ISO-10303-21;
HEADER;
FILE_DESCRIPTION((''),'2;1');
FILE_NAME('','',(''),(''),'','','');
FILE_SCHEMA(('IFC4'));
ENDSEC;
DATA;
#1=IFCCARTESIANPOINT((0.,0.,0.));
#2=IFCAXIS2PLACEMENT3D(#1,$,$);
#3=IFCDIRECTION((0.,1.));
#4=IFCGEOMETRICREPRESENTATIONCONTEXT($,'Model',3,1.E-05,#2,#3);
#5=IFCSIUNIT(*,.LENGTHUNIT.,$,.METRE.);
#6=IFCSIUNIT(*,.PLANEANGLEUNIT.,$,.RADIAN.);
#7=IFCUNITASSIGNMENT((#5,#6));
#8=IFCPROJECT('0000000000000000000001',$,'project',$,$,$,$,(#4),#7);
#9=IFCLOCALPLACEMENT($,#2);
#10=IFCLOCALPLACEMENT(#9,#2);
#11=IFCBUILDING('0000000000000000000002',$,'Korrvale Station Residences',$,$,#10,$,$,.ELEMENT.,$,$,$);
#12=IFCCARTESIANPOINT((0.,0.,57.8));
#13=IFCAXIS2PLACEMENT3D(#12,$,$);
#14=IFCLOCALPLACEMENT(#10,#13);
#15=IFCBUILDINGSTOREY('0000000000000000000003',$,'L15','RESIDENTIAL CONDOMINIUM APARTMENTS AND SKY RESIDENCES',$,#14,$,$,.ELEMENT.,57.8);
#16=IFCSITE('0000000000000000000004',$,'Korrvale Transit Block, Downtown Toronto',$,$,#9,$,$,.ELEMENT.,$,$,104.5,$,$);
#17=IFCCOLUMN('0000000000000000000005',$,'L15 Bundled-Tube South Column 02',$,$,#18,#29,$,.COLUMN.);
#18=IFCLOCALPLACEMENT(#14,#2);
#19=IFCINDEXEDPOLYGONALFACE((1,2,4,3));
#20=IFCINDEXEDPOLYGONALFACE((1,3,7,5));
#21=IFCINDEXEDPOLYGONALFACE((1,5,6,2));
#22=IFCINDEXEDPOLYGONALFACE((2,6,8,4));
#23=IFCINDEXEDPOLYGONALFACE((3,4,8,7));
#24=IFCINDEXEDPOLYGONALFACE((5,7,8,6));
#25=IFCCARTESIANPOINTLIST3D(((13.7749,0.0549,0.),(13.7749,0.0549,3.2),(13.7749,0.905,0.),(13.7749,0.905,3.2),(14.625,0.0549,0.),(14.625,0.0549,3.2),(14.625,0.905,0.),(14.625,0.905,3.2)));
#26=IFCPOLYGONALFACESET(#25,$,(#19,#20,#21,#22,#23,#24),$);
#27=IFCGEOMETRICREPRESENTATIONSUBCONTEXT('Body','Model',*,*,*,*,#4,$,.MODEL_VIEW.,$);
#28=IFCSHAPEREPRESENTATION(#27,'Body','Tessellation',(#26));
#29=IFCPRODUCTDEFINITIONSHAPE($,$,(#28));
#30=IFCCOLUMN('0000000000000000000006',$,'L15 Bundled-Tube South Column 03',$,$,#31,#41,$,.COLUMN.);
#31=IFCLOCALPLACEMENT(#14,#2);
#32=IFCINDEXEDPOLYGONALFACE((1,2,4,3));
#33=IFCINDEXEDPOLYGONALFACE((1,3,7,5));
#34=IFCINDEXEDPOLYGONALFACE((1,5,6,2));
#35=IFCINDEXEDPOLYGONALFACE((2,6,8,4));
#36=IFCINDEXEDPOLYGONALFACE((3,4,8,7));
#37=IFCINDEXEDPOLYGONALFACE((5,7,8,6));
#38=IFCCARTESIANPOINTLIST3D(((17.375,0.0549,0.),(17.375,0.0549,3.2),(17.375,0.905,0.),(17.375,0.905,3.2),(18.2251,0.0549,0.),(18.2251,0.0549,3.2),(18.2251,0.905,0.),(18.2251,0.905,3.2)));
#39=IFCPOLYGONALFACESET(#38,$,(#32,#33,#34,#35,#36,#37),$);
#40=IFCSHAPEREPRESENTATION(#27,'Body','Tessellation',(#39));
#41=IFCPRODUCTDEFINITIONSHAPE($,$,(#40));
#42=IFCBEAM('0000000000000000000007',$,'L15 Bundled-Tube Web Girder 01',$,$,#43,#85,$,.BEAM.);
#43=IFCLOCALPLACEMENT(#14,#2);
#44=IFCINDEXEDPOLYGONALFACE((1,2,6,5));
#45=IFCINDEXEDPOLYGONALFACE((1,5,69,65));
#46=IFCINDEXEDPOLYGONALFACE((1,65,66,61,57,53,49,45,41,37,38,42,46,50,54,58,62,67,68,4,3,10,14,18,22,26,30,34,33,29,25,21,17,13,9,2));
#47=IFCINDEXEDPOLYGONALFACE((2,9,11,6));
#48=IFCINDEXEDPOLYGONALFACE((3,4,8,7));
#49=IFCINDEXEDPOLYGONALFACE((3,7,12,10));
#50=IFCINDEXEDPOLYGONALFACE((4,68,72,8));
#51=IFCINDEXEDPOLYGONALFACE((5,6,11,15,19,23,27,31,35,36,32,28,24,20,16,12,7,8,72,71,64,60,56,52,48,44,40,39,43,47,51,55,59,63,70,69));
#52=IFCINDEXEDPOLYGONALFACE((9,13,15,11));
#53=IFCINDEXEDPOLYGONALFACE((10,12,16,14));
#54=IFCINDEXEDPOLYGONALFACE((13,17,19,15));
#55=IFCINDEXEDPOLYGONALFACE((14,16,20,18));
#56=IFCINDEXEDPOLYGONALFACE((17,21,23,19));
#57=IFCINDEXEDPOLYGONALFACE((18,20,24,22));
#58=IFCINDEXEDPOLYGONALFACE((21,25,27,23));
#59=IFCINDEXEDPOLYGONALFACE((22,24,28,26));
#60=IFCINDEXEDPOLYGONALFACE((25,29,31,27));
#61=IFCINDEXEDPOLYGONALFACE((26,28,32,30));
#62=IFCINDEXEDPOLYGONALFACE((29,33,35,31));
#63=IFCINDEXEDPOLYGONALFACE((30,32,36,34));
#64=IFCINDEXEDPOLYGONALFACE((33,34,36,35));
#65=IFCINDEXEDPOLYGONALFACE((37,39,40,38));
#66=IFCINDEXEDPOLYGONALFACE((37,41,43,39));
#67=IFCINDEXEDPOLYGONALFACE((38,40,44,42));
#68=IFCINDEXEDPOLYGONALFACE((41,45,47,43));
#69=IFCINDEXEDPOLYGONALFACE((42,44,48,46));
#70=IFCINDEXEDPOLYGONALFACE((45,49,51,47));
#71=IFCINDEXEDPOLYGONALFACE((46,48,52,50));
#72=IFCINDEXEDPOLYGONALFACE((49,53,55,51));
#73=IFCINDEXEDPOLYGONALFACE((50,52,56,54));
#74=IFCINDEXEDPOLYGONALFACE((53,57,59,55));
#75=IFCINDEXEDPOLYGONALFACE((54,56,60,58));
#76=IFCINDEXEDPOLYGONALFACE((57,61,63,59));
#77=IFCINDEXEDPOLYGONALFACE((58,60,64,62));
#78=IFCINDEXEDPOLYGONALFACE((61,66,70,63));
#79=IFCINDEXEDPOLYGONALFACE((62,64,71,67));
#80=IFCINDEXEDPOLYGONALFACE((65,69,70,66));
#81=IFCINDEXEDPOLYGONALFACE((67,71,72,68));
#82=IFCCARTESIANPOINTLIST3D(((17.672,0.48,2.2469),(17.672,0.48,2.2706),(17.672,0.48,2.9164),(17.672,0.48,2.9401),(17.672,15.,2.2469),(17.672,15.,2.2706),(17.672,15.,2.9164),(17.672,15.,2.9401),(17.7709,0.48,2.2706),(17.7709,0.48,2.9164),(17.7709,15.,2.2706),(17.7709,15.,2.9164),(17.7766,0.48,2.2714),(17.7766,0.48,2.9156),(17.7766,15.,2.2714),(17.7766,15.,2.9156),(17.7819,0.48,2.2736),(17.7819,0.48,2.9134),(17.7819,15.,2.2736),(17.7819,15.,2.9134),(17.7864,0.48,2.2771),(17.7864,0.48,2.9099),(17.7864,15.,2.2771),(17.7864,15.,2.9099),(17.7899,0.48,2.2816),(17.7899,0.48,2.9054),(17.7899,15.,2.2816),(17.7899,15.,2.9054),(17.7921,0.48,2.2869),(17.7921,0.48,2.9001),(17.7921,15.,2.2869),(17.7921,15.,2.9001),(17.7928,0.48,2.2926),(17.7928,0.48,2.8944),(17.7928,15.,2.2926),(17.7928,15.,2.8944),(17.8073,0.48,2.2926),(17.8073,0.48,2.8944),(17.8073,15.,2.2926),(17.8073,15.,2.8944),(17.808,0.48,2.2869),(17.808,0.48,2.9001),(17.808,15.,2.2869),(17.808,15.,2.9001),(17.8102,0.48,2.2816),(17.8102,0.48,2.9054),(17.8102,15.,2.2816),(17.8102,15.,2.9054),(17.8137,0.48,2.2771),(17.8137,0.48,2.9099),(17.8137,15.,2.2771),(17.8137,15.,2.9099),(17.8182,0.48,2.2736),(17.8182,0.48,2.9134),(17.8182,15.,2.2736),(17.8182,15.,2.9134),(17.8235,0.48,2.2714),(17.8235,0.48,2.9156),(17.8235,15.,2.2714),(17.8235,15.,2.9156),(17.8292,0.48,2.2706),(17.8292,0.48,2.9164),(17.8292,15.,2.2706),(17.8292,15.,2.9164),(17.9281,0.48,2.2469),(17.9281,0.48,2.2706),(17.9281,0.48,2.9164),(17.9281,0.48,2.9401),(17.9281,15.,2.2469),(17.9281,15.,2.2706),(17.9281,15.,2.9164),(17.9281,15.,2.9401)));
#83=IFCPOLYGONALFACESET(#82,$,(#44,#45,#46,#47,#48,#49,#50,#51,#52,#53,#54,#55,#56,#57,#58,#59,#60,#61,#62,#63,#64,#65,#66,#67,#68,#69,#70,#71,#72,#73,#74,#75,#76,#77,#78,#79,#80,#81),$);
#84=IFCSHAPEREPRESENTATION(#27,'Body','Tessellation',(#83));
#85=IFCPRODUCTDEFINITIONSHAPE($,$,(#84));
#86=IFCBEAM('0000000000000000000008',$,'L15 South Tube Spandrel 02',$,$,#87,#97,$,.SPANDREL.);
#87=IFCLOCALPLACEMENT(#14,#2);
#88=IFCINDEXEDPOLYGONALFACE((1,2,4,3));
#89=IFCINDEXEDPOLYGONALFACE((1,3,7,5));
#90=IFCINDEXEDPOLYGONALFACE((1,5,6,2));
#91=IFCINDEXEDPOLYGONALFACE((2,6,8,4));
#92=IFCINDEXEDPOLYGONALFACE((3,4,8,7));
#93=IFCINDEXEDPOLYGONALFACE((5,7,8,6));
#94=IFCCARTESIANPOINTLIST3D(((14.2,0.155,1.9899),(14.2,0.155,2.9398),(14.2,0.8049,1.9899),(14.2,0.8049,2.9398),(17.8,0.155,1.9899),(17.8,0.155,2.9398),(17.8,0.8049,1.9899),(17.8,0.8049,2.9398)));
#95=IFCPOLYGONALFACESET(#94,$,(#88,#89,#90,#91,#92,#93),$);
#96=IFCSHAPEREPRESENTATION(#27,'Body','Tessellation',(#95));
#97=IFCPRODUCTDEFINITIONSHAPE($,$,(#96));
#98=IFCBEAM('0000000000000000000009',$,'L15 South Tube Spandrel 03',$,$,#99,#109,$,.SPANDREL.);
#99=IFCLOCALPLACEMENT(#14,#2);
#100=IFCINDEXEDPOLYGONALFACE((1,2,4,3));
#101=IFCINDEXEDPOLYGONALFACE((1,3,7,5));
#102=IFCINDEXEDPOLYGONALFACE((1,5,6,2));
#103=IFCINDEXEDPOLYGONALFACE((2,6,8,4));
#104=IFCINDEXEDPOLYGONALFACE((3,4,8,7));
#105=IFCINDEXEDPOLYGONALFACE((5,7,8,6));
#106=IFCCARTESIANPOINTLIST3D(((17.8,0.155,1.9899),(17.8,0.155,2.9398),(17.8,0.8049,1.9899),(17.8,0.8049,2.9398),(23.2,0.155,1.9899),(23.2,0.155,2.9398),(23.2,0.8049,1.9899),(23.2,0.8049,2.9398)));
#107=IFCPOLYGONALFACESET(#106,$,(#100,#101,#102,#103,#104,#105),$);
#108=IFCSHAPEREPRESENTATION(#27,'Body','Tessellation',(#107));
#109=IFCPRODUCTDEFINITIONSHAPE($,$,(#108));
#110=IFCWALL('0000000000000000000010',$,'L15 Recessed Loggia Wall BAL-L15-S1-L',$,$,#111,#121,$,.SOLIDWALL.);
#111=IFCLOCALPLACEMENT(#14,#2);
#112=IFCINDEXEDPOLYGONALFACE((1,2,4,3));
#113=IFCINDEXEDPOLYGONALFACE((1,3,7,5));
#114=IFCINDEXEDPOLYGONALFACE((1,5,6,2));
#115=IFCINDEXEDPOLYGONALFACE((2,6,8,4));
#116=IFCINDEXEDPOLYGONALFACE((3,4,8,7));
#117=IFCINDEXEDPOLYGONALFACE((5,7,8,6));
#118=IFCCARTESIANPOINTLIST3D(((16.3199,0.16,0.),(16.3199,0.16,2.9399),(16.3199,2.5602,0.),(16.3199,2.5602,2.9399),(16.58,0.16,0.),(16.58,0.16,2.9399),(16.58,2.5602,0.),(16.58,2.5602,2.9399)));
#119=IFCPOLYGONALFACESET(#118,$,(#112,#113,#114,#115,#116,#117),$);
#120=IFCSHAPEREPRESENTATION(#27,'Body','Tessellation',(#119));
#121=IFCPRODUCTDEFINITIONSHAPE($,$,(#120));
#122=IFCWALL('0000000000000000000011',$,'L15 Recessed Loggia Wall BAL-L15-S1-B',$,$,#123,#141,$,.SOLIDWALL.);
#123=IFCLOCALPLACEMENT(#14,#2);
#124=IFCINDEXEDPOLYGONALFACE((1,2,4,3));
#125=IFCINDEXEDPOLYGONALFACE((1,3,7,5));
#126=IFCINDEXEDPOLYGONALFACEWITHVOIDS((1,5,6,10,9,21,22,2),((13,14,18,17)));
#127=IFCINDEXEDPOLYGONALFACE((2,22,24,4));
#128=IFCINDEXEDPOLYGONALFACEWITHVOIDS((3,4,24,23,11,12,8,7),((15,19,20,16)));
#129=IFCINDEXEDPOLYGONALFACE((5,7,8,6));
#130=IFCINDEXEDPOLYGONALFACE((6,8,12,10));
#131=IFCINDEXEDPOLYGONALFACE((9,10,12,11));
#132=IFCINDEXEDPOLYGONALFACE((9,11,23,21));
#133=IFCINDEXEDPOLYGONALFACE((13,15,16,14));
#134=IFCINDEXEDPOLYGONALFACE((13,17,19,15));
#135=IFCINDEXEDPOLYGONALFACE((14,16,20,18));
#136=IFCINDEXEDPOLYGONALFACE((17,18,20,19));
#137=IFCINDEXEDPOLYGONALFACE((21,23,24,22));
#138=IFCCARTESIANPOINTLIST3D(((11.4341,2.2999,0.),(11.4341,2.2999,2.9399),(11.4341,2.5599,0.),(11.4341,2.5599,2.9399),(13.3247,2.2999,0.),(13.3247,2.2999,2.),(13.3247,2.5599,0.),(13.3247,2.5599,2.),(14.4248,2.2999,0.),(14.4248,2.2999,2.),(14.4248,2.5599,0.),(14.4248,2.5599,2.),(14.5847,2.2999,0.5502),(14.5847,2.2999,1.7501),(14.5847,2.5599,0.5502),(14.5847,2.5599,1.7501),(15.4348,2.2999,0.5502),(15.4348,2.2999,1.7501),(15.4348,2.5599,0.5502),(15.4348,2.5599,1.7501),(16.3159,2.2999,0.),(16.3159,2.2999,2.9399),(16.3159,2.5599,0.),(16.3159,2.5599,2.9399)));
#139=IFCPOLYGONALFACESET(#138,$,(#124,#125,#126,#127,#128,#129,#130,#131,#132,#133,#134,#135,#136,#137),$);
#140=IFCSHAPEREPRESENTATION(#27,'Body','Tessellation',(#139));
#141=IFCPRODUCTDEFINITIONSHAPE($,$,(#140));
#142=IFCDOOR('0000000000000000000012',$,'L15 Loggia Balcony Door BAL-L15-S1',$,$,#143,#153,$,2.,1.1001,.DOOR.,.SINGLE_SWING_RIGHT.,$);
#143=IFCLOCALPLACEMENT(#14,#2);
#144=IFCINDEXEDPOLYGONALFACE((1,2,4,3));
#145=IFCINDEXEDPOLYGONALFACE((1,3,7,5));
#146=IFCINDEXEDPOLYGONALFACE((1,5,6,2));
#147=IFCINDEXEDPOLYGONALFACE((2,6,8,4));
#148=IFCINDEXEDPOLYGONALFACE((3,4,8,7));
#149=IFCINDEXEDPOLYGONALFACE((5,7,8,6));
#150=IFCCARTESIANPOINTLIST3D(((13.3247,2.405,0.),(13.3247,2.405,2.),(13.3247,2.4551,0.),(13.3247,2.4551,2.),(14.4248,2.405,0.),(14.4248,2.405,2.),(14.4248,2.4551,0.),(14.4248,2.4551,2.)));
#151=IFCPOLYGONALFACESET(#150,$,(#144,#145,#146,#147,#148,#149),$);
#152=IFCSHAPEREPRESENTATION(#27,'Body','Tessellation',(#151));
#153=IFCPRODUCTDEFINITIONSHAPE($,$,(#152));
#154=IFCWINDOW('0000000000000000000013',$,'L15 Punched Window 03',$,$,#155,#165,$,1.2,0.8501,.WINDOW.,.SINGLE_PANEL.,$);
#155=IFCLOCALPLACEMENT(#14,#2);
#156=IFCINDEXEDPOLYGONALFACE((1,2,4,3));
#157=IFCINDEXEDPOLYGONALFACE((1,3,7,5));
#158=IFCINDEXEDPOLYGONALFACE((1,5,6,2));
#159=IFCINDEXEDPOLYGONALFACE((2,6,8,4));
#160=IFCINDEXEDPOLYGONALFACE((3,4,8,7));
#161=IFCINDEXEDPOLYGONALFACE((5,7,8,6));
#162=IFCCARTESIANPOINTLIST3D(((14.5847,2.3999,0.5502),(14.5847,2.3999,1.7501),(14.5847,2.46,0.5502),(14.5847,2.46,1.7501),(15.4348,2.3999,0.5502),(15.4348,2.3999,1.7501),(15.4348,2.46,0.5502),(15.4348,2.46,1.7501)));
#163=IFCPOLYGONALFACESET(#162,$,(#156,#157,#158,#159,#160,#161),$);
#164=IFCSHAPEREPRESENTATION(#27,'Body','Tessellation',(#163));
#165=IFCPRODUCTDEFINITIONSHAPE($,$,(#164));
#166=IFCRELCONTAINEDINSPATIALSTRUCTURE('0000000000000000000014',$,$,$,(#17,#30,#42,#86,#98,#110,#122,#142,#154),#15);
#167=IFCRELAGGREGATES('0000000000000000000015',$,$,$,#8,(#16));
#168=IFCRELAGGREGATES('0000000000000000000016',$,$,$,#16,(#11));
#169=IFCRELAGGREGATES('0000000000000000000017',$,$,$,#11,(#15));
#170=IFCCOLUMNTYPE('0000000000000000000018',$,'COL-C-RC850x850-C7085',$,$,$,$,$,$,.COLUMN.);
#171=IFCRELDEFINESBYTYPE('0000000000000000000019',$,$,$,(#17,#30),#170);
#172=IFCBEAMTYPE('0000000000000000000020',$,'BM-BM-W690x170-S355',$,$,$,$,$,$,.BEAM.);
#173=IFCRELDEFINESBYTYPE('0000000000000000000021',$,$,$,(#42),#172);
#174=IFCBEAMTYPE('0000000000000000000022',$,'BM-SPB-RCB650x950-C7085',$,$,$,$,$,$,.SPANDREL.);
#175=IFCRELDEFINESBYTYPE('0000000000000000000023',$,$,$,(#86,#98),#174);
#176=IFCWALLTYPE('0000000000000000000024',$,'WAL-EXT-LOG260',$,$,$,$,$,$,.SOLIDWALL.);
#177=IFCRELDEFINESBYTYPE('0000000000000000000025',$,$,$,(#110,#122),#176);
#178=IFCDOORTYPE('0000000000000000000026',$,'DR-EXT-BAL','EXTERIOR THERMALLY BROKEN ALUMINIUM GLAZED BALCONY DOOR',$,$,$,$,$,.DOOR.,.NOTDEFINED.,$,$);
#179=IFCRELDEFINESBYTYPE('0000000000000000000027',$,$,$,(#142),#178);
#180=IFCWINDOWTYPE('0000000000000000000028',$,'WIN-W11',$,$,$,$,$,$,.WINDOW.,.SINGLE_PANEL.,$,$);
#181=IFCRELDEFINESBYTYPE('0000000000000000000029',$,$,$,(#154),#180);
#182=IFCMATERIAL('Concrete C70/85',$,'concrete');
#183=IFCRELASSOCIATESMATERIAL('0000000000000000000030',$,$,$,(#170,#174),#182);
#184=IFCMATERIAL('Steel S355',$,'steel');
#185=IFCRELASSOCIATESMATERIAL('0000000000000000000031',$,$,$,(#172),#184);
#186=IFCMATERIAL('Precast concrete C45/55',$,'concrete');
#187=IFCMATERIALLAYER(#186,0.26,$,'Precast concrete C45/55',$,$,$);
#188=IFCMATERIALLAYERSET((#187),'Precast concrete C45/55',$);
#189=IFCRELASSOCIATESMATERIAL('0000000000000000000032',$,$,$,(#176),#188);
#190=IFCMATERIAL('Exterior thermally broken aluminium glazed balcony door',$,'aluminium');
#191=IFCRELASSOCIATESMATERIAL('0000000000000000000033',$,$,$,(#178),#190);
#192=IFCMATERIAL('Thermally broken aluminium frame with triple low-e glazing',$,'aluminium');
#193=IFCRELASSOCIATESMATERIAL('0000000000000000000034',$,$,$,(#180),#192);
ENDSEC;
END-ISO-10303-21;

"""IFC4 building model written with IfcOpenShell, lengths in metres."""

from ifc_helpers import new_model, si_unit, direction, frame, frame_2d, origin, origin_2d, place, context, subcontext, project, spatial, rectangle, i_section, extrude, material, layer, layer_set, material_profile, profile_set, type_object, element, fill, save


model = new_model("IFC4")

# Units and contexts
model_context = context("Model", 3, precision=1e-05, world=origin(), true_north=direction((0.0, 1.0)))
body_context = subcontext(model_context, "Body", "Model", "MODEL_VIEW")
ifc_project = project(units=[si_unit("LENGTHUNIT", "METRE"), si_unit("PLANEANGLEUNIT", "RADIAN")], contexts=[model_context])

# Site, building, storey
site_placement = place(None, origin())
site = spatial("IfcSite", under=ifc_project, at=site_placement, Name="Korrvale Transit Block, Downtown Toronto", CompositionType="ELEMENT", RefElevation=104.5)
building_placement = place(site_placement, origin())
building = spatial("IfcBuilding", under=site, at=building_placement, Name="Korrvale Station Residences", CompositionType="ELEMENT")
storey_placement = place(building_placement, frame((0.0, 0.0, 57.8)))
storey = spatial("IfcBuildingStorey", under=building, at=storey_placement, Name="L15", Description="RESIDENTIAL CONDOMINIUM APARTMENTS AND SKY RESIDENCES", CompositionType="ELEMENT", Elevation=57.8)

# Columns
ifc_material_1 = material(Name="Concrete C70/85", Category="concrete")
ifc_material_profile_1 = material_profile(ifc_material_1, rectangle(XDim=0.8501, YDim=0.8501, at=origin_2d()), Name="RC850x850")
ifc_profile_set_1 = profile_set([ifc_material_profile_1], Name="Concrete C70/85")
column_type = type_object("IfcColumnType", Name="COL-C-RC850x850-C7085", PredefinedType="COLUMN", material=ifc_profile_set_1)
for number, where, z_axis, x_axis, name in (
    (1, (14.2, 0.48, 0.0), (0.0, 0.0, 1.0), (1.0, 0.0, 0.0), "L15 Bundled-Tube South Column 02"),
    (2, (17.8, 0.48, 0.0), (0.0, 0.0, 1.0), (1.0, 0.0, 0.0), "L15 Bundled-Tube South Column 03"),
):
    element("IfcColumn", number, at=place(storey_placement, frame(where, z_axis=z_axis, x_axis=x_axis)), inside=storey, type_object=column_type, Name=name, PredefinedType="COLUMN", context=body_context, shape_type="SweptSolid", body=[
        extrude(rectangle(XDim=0.8501, YDim=0.8501, at=origin_2d()), origin(), (0.0, 0.0, 1.0), 3.2),
    ])

# Beams
ifc_material_2 = material(Name="Steel S355", Category="steel")
ifc_material_profile_2 = material_profile(ifc_material_2, i_section(OverallWidth=0.2561, OverallDepth=0.6931, WebThickness=0.0144, FlangeThickness=0.0237, FilletRadius=0.022, at=origin_2d()), Name="W690x170")
ifc_profile_set_2 = profile_set([ifc_material_profile_2], Name="Steel S355")
beam_type_1 = type_object("IfcBeamType", Name="BM-BM-W690x170-S355", PredefinedType="BEAM", material=ifc_profile_set_2)
beam_1_placement = place(storey_placement, frame((17.8, 0.48, 2.5935), z_axis=(0.0, 1.0, 0.0), x_axis=(-1.0, 0.0, 0.0)))
element("IfcBeam", 3, at=beam_1_placement, inside=storey, type_object=beam_type_1, Name="L15 Bundled-Tube Web Girder 01", PredefinedType="BEAM", context=body_context, shape_type="SweptSolid", body=[
    extrude(i_section(OverallWidth=0.2561, OverallDepth=0.6931, WebThickness=0.0144, FlangeThickness=0.0237, FilletRadius=0.022, at=origin_2d()), origin(), (0.0, 0.0, 1.0), 14.52),
])
ifc_material_profile_3 = material_profile(ifc_material_1, rectangle(XDim=0.6499, YDim=0.95, at=origin_2d()), Name="RCB650x950")
ifc_profile_set_3 = profile_set([ifc_material_profile_3], Name="Concrete C70/85")
beam_type_2 = type_object("IfcBeamType", Name="BM-SPB-RCB650x950-C7085", PredefinedType="SPANDREL", material=ifc_profile_set_3)
beam_2_placement = place(storey_placement, frame((14.2, 0.48, 2.4648), z_axis=(1.0, 0.0, 0.0), x_axis=(0.0, 1.0, 0.0)))
element("IfcBeam", 4, at=beam_2_placement, inside=storey, type_object=beam_type_2, Name="L15 South Tube Spandrel 02", PredefinedType="SPANDREL", context=body_context, shape_type="SweptSolid", body=[
    extrude(rectangle(XDim=0.6499, YDim=0.95, at=origin_2d()), origin(), (0.0, 0.0, 1.0), 3.6001),
])
beam_3_placement = place(storey_placement, frame((17.8, 0.48, 2.4648), z_axis=(1.0, 0.0, 0.0), x_axis=(0.0, 1.0, 0.0)))
element("IfcBeam", 5, at=beam_3_placement, inside=storey, type_object=beam_type_2, Name="L15 South Tube Spandrel 03", PredefinedType="SPANDREL", context=body_context, shape_type="SweptSolid", body=[
    extrude(rectangle(XDim=0.6499, YDim=0.95, at=origin_2d()), origin(), (0.0, 0.0, 1.0), 5.3999),
])

# Wall
ifc_material_3 = material(Name="Precast concrete C45/55", Category="concrete")
ifc_layer_1 = layer(ifc_material_3, 0.26, Name="Precast concrete C45/55")
ifc_layer_set_1 = layer_set([ifc_layer_1], Name="Precast concrete C45/55")
wall_type_1 = type_object("IfcWallType", Name="WAL-EXT-LOG260", PredefinedType="SOLIDWALL", material=ifc_layer_set_1)
wall_1_placement = place(storey_placement, frame((16.45, 0.1599, 0.0), z_axis=(0.0, 0.0, 1.0), x_axis=(0.0, 1.0, 0.0)))
element("IfcWall", 6, at=wall_1_placement, inside=storey, type_object=wall_type_1, Name="L15 Recessed Loggia Wall BAL-L15-S1-L", PredefinedType="SOLIDWALL", context=body_context, shape_type="SweptSolid", body=[
    extrude(rectangle(XDim=2.4001, YDim=0.26, at=frame_2d((1.2002, 0.0))), origin(), (0.0, 0.0, 1.0), 2.9399),
])

# Wall, openings, door, window
wall_2_placement = place(storey_placement, frame((16.3159, 2.4299, 0.0), z_axis=(0.0, 0.0, 1.0), x_axis=(-1.0, 0.0, 0.0)))
wall_2 = element("IfcWall", 7, at=wall_2_placement, inside=storey, type_object=wall_type_1, Name="L15 Recessed Loggia Wall BAL-L15-S1-B", PredefinedType="SOLIDWALL", context=body_context, shape_type="SweptSolid", body=[
    extrude(rectangle(XDim=4.8818, YDim=0.26, at=frame_2d((2.4409, 0.0))), origin(), (0.0, 0.0, 1.0), 2.9399),
])
opening_1_placement = place(wall_2_placement, frame((1.8911, 0.0, 0.0)))
opening_1 = element("IfcOpeningElement", 8, at=opening_1_placement, cuts=wall_2, PredefinedType="OPENING", context=body_context, shape_type="SweptSolid", body=[
    extrude(rectangle(XDim=1.1001, YDim=2.0, at=frame_2d((0.55, 1.0))), frame((0.0, 0.1401, 0.0), z_axis=(0.0, -1.0, 0.0), x_axis=(1.0, 0.0, 0.0)), (0.0, 0.0, 1.0), 0.28),
])
opening_2_placement = place(wall_2_placement, frame((0.8811, 0.0, 0.55)))
opening_2 = element("IfcOpeningElement", 9, at=opening_2_placement, cuts=wall_2, PredefinedType="OPENING", context=body_context, shape_type="SweptSolid", body=[
    extrude(rectangle(XDim=0.8501, YDim=1.2, at=frame_2d((0.425, 0.6001))), frame((0.0, 0.1401, 0.0), z_axis=(0.0, -1.0, 0.0), x_axis=(1.0, 0.0, 0.0)), (0.0, 0.0, 1.0), 0.28),
])
ifc_material_4 = material(Name="Exterior thermally broken aluminium glazed balcony door", Category="aluminium")
door_type_1 = type_object("IfcDoorType", Name="DR-EXT-BAL", Description="EXTERIOR THERMALLY BROKEN ALUMINIUM GLAZED BALCONY DOOR", OperationType="NOTDEFINED", PredefinedType="DOOR", material=ifc_material_4)
door_1_placement = place(opening_1_placement, origin())
door_1 = element("IfcDoor", 10, at=door_1_placement, inside=storey, type_object=door_type_1, Name="L15 Loggia Balcony Door BAL-L15-S1", OperationType="SINGLE_SWING_RIGHT", OverallHeight=2.0, OverallWidth=1.1001, PredefinedType="DOOR", context=body_context, shape_type="SweptSolid", body=[
    extrude(rectangle(XDim=1.1001, YDim=2.0, at=frame_2d((0.55, 1.0))), frame((0.0, 0.0249, 0.0), z_axis=(0.0, -1.0, 0.0), x_axis=(1.0, 0.0, 0.0)), (0.0, 0.0, 1.0), 0.05),
])
fill(opening_1, door_1)
ifc_material_5 = material(Name="Thermally broken aluminium frame with triple low-e glazing", Category="aluminium")
window_type = type_object("IfcWindowType", Name="WIN-W11", PartitioningType="SINGLE_PANEL", PredefinedType="WINDOW", material=ifc_material_5)
window_placement = place(opening_2_placement, origin())
window = element("IfcWindow", 11, at=window_placement, inside=storey, type_object=window_type, Name="L15 Punched Window 03", OverallHeight=1.2, OverallWidth=0.8501, PartitioningType="SINGLE_PANEL", PredefinedType="WINDOW", context=body_context, shape_type="SweptSolid", body=[
    extrude(rectangle(XDim=0.8501, YDim=1.2, at=frame_2d((0.425, 0.6001))), frame((0.0, 0.03, 0.0), z_axis=(0.0, -1.0, 0.0), x_axis=(1.0, 0.0, 0.0)), (0.0, 0.0, 1.0), 0.0601),
])
fill(opening_2, window)

save(model, "model.ifc")
